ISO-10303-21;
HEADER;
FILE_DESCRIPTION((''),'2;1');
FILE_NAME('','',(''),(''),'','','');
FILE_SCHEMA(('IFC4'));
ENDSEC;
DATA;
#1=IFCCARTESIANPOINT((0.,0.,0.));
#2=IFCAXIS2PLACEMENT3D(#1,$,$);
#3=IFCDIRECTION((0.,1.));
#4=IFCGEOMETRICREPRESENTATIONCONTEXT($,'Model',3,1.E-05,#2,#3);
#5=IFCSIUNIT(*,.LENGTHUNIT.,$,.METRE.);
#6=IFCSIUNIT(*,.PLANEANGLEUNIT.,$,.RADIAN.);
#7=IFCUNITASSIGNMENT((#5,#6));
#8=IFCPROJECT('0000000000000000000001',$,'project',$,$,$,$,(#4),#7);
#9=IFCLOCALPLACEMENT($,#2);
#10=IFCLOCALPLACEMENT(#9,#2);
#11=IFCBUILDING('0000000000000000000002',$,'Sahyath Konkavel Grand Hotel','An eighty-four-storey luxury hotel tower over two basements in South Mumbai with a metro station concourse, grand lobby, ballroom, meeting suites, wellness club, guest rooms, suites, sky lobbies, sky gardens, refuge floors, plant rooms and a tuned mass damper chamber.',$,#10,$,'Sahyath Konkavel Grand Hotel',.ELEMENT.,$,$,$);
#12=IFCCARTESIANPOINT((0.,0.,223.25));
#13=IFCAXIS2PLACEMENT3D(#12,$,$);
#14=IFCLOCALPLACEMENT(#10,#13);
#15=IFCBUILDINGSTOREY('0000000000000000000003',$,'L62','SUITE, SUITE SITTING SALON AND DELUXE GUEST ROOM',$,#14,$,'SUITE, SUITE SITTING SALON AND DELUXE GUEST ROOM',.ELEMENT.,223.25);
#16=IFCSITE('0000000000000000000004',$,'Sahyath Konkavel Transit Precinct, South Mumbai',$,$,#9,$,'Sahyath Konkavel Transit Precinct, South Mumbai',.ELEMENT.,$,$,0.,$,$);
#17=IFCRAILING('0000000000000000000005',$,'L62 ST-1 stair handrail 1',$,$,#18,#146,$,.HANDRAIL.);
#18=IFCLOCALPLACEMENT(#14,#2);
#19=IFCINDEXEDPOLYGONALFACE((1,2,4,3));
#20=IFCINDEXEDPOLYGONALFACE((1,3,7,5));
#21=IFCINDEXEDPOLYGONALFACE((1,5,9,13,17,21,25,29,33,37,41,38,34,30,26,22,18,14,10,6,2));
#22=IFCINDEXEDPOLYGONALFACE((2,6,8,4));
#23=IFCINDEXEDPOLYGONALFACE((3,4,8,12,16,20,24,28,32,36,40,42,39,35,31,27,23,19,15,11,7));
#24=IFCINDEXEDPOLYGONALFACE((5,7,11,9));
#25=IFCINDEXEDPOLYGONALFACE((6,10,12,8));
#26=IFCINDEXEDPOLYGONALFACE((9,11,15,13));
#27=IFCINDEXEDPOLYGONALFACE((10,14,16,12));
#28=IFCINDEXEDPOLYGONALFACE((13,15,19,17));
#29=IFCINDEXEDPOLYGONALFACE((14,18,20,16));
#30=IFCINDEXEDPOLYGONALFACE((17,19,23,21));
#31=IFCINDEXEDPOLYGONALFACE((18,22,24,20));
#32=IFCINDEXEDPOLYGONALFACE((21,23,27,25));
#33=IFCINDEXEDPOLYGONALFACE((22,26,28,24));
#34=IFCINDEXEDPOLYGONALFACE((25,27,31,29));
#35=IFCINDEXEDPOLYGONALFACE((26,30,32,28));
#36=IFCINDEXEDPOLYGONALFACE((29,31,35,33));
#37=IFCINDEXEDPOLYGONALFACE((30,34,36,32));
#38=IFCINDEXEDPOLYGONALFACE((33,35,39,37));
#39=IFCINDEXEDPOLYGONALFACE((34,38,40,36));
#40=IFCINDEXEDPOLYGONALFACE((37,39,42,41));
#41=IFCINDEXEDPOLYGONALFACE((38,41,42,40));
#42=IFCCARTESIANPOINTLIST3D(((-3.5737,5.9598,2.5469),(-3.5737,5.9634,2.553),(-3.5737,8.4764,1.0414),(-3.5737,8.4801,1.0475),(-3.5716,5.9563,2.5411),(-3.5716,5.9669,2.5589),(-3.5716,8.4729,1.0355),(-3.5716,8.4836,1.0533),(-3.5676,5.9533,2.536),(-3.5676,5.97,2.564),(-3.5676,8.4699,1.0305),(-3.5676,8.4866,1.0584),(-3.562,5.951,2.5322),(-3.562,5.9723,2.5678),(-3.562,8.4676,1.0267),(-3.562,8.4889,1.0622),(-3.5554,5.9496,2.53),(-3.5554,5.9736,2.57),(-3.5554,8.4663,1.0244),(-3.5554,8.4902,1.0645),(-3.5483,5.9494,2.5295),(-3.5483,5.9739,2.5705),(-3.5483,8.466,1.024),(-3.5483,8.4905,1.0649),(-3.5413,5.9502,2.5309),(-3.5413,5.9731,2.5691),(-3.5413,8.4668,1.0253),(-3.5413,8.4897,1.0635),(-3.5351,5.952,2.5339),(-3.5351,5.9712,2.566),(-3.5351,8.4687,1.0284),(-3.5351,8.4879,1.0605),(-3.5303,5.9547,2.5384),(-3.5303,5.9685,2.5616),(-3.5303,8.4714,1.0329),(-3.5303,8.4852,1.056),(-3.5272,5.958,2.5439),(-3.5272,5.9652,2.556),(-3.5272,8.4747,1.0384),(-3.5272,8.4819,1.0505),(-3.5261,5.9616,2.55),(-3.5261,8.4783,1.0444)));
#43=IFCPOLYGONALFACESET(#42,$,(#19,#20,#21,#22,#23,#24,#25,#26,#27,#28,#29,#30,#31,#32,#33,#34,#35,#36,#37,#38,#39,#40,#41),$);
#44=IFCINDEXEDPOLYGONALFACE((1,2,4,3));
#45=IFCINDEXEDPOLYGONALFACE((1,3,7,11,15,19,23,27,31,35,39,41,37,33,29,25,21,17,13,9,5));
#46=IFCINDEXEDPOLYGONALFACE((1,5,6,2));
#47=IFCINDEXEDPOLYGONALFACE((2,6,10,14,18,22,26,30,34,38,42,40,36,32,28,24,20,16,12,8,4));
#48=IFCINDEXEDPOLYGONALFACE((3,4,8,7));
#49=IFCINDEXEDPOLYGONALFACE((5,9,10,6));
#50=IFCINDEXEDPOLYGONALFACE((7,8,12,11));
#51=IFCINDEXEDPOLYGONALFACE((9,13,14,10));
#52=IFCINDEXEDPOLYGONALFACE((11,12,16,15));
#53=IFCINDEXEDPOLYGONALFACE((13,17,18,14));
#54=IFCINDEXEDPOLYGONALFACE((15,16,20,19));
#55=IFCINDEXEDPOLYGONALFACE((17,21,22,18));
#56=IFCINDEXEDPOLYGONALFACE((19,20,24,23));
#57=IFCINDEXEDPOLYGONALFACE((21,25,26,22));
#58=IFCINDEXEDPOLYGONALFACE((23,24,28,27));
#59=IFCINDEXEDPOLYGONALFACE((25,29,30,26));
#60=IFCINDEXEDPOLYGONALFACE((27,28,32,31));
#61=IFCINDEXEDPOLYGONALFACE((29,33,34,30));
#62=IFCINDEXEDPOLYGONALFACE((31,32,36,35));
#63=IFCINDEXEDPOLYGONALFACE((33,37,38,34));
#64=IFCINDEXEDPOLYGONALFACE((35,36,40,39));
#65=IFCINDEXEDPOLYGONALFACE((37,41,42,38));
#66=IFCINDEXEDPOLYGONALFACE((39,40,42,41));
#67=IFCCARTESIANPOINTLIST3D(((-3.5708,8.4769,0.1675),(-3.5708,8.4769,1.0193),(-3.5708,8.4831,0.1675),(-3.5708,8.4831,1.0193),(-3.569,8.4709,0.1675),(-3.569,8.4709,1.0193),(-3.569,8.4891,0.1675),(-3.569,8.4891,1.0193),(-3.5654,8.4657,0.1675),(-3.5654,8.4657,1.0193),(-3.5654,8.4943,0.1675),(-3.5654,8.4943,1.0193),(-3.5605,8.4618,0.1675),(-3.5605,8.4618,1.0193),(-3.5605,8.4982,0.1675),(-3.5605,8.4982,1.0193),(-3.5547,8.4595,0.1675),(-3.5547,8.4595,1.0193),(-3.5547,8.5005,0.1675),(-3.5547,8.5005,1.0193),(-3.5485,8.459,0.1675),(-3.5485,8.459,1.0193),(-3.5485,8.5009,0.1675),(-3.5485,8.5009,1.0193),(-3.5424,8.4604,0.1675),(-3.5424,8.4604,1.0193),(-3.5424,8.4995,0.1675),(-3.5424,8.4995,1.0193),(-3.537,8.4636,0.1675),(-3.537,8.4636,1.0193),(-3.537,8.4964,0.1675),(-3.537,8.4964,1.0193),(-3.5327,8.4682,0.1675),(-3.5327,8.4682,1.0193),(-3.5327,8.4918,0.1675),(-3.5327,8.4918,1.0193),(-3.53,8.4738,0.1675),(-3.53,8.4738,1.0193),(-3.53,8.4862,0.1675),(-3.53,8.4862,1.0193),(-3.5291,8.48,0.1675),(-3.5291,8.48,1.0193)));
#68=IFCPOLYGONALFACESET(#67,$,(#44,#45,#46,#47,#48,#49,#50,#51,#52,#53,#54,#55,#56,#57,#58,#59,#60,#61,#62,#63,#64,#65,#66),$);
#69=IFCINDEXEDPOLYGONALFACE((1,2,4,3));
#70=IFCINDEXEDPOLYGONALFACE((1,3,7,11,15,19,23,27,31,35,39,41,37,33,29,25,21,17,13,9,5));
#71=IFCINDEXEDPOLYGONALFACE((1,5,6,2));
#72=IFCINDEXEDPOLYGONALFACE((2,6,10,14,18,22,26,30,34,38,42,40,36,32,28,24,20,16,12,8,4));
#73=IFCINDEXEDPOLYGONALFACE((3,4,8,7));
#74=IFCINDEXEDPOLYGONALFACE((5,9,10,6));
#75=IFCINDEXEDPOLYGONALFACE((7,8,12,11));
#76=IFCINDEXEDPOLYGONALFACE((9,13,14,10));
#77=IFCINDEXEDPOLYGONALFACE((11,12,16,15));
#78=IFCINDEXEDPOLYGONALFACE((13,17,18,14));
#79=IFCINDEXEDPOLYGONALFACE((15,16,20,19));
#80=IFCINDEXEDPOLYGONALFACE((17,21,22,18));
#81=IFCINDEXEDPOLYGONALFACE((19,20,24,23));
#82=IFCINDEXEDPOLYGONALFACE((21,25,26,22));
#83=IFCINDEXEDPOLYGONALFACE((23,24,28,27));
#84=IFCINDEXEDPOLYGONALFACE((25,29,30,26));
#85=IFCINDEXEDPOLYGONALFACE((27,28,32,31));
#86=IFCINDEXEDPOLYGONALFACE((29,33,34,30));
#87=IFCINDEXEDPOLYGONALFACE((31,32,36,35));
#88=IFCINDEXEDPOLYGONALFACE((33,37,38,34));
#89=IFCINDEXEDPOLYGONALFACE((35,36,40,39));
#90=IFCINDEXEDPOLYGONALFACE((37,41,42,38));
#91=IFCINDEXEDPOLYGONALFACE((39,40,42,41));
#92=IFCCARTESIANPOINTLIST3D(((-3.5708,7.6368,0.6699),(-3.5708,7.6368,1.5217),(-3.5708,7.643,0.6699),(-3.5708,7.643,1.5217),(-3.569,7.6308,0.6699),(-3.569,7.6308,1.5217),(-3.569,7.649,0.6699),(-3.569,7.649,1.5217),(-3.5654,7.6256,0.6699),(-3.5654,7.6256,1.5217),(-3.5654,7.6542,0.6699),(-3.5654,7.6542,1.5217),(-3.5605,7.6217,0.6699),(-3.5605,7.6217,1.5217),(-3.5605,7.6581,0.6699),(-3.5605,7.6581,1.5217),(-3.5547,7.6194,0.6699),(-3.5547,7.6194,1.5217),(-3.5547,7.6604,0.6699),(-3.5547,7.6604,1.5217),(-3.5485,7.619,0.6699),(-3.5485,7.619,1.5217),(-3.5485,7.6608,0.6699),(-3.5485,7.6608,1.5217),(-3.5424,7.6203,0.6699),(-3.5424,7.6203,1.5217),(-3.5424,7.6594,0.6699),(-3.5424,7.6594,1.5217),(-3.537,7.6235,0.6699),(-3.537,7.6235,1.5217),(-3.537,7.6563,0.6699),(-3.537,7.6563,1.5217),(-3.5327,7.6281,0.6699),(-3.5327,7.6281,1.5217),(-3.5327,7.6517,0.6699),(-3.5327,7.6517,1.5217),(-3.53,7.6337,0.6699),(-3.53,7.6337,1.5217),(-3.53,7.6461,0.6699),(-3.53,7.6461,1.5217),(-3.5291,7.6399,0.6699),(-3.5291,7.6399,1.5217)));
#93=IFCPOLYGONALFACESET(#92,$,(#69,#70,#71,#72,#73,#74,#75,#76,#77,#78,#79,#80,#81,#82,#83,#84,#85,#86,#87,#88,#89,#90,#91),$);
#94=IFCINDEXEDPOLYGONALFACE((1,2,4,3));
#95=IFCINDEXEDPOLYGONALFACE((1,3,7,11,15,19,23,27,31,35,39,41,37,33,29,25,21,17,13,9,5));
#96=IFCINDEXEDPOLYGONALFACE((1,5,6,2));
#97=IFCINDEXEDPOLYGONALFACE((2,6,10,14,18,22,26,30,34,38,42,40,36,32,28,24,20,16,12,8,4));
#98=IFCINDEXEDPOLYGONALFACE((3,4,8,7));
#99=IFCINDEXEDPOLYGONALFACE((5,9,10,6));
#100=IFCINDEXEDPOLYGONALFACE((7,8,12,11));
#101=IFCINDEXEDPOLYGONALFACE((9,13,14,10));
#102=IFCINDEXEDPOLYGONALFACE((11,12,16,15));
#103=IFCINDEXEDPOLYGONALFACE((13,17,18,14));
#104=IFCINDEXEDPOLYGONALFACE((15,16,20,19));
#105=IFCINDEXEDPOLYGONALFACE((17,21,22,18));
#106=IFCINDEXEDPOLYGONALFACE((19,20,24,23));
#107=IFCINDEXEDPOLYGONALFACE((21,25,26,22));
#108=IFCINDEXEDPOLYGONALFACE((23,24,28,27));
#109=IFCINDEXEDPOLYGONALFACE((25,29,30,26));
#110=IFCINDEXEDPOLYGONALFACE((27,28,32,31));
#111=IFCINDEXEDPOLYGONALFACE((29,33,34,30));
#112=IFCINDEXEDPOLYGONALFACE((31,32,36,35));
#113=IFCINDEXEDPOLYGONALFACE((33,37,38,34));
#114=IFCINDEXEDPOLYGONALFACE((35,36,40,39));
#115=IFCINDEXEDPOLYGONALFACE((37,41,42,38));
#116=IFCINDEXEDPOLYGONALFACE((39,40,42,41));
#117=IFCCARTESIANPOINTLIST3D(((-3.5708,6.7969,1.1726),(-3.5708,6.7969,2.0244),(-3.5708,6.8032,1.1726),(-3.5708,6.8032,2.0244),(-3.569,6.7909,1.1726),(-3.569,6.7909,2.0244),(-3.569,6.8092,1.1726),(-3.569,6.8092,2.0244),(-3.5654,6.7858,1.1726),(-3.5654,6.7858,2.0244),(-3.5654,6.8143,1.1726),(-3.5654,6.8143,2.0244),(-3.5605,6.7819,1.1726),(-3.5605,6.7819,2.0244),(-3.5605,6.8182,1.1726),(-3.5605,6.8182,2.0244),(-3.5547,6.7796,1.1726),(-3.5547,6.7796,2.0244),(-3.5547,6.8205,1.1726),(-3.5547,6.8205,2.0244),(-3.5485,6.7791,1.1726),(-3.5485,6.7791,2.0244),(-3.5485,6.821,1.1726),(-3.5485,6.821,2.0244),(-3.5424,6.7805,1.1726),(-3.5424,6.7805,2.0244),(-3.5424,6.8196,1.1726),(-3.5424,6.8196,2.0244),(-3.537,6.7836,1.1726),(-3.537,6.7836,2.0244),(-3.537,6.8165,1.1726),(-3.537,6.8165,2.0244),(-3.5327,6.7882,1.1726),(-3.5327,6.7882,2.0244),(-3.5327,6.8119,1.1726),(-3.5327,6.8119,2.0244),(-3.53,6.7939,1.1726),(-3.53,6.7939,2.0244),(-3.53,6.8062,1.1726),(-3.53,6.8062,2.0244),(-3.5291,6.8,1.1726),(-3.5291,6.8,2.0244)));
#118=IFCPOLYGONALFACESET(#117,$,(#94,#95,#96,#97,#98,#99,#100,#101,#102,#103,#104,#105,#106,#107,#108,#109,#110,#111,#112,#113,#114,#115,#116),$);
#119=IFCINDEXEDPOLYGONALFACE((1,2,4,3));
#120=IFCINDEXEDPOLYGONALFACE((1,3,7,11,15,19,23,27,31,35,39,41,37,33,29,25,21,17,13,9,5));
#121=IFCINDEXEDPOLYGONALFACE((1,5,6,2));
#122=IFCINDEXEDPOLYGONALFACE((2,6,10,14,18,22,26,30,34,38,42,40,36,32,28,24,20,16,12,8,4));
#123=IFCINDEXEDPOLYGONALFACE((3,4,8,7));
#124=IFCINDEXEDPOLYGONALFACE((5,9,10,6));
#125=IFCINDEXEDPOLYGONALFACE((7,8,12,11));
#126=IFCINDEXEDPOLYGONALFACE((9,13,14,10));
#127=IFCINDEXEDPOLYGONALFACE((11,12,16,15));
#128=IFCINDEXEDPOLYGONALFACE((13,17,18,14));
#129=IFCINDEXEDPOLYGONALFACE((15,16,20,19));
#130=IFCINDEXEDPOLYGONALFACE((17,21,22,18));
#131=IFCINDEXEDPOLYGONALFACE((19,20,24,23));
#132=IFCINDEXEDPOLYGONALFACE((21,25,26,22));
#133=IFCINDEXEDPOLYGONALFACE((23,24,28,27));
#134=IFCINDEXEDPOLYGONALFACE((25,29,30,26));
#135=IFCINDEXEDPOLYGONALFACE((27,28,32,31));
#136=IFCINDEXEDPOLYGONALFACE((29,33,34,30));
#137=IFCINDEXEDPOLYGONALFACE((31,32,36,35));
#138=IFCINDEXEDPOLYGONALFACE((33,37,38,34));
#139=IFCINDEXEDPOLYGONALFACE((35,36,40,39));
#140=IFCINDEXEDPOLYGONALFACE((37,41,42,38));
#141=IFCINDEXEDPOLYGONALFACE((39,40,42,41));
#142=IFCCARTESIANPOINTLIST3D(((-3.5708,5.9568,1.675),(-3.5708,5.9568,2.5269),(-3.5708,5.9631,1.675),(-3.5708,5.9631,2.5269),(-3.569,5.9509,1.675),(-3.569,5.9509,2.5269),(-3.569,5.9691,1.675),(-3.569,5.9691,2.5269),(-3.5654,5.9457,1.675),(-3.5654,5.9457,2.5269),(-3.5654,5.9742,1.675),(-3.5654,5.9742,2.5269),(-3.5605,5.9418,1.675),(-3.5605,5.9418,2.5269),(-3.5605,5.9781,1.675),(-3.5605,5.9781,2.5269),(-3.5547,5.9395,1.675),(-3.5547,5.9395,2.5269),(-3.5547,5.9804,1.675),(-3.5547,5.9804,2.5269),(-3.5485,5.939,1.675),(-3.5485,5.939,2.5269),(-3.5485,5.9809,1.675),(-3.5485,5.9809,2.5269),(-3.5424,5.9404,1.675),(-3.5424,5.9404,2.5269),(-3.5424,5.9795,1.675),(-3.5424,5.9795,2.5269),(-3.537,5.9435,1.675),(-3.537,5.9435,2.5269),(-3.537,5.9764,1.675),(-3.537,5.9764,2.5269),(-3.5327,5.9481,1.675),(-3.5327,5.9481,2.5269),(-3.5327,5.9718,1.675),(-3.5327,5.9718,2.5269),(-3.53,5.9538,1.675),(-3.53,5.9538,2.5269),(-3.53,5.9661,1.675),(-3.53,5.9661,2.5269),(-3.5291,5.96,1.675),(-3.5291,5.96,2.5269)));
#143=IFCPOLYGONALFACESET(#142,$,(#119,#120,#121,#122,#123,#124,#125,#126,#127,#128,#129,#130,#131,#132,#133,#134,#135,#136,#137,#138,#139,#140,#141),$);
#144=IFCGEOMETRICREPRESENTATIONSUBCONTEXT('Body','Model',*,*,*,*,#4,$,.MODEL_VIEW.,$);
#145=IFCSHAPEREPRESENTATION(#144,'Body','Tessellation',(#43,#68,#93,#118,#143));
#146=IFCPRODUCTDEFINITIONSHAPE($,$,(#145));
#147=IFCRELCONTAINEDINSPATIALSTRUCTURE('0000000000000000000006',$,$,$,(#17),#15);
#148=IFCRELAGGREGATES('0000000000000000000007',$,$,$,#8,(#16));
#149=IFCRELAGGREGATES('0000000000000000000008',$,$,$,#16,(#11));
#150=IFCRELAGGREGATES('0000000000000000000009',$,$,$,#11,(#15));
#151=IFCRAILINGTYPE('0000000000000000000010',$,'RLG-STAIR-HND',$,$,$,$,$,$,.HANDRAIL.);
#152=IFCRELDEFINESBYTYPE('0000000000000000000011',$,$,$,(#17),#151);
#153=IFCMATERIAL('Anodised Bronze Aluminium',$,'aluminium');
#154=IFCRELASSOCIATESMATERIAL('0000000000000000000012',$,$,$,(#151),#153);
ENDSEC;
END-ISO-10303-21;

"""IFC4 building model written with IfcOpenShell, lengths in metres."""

from ifc_helpers import new_model, si_unit, direction, frame, origin, origin_2d, place, context, subcontext, project, spatial, circle, extrude, material, type_object, element, save


model = new_model("IFC4")

# Units and contexts
model_context = context("Model", 3, precision=1e-05, world=origin(), true_north=direction((0.0, 1.0)))
body_context = subcontext(model_context, "Body", "Model", "MODEL_VIEW")
ifc_project = project(units=[si_unit("LENGTHUNIT", "METRE"), si_unit("PLANEANGLEUNIT", "RADIAN")], contexts=[model_context])

# Site, building, storey
site_placement = place(None, origin())
site = spatial("IfcSite", under=ifc_project, at=site_placement, Name="Sahyath Konkavel Transit Precinct, South Mumbai", LongName="Sahyath Konkavel Transit Precinct, South Mumbai", CompositionType="ELEMENT", RefElevation=0.0)
building_placement = place(site_placement, origin())
building = spatial("IfcBuilding", under=site, at=building_placement, Name="Sahyath Konkavel Grand Hotel", Description="An eighty-four-storey luxury hotel tower over two basements in South Mumbai with a metro station concourse, grand lobby, ballroom, meeting suites, wellness club, guest rooms, suites, sky lobbies, sky gardens, refuge floors, plant rooms and a tuned mass damper chamber.", LongName="Sahyath Konkavel Grand Hotel", CompositionType="ELEMENT")
storey_placement = place(building_placement, frame((0.0, 0.0, 223.25)))
storey = spatial("IfcBuildingStorey", under=building, at=storey_placement, Name="L62", Description="SUITE, SUITE SITTING SALON AND DELUXE GUEST ROOM", LongName="SUITE, SUITE SITTING SALON AND DELUXE GUEST ROOM", CompositionType="ELEMENT", Elevation=223.25)

# Shared definitions
ifc_material_1 = material(Name="Anodised Bronze Aluminium", Category="aluminium")

# Railing
railing_type_1 = type_object("IfcRailingType", Name="RLG-STAIR-HND", PredefinedType="HANDRAIL", material=ifc_material_1)
railing_1_placement = place(storey_placement, frame((-3.55, 8.48, 0.1675)))
element("IfcRailing", 1, at=railing_1_placement, inside=storey, type_object=railing_type_1, Name="L62 ST-1 stair handrail 1", PredefinedType="HANDRAIL", context=body_context, shape_type="SweptSolid", body=[
    extrude(circle(Radius=0.0239, at=origin_2d()), frame((0.0, -0.0017, 0.877), z_axis=(0.0, -0.85816, 0.513383), x_axis=(1.0, 0.0, 0.0)), (0.0, 0.0, 1.0), 2.9326),
    extrude(circle(Radius=0.021, at=origin_2d()), origin(), (0.0, 0.0, 1.0), 0.8518),
    extrude(circle(Radius=0.021, at=origin_2d()), frame((0.0, -0.8401, 0.5024)), (0.0, 0.0, 1.0), 0.8518),
    extrude(circle(Radius=0.021, at=origin_2d()), frame((0.0, -1.6799, 1.0051)), (0.0, 0.0, 1.0), 0.8518),
    extrude(circle(Radius=0.021, at=origin_2d()), frame((0.0, -2.52, 1.5076)), (0.0, 0.0, 1.0), 0.8518),
])

save(model, "model.ifc")
